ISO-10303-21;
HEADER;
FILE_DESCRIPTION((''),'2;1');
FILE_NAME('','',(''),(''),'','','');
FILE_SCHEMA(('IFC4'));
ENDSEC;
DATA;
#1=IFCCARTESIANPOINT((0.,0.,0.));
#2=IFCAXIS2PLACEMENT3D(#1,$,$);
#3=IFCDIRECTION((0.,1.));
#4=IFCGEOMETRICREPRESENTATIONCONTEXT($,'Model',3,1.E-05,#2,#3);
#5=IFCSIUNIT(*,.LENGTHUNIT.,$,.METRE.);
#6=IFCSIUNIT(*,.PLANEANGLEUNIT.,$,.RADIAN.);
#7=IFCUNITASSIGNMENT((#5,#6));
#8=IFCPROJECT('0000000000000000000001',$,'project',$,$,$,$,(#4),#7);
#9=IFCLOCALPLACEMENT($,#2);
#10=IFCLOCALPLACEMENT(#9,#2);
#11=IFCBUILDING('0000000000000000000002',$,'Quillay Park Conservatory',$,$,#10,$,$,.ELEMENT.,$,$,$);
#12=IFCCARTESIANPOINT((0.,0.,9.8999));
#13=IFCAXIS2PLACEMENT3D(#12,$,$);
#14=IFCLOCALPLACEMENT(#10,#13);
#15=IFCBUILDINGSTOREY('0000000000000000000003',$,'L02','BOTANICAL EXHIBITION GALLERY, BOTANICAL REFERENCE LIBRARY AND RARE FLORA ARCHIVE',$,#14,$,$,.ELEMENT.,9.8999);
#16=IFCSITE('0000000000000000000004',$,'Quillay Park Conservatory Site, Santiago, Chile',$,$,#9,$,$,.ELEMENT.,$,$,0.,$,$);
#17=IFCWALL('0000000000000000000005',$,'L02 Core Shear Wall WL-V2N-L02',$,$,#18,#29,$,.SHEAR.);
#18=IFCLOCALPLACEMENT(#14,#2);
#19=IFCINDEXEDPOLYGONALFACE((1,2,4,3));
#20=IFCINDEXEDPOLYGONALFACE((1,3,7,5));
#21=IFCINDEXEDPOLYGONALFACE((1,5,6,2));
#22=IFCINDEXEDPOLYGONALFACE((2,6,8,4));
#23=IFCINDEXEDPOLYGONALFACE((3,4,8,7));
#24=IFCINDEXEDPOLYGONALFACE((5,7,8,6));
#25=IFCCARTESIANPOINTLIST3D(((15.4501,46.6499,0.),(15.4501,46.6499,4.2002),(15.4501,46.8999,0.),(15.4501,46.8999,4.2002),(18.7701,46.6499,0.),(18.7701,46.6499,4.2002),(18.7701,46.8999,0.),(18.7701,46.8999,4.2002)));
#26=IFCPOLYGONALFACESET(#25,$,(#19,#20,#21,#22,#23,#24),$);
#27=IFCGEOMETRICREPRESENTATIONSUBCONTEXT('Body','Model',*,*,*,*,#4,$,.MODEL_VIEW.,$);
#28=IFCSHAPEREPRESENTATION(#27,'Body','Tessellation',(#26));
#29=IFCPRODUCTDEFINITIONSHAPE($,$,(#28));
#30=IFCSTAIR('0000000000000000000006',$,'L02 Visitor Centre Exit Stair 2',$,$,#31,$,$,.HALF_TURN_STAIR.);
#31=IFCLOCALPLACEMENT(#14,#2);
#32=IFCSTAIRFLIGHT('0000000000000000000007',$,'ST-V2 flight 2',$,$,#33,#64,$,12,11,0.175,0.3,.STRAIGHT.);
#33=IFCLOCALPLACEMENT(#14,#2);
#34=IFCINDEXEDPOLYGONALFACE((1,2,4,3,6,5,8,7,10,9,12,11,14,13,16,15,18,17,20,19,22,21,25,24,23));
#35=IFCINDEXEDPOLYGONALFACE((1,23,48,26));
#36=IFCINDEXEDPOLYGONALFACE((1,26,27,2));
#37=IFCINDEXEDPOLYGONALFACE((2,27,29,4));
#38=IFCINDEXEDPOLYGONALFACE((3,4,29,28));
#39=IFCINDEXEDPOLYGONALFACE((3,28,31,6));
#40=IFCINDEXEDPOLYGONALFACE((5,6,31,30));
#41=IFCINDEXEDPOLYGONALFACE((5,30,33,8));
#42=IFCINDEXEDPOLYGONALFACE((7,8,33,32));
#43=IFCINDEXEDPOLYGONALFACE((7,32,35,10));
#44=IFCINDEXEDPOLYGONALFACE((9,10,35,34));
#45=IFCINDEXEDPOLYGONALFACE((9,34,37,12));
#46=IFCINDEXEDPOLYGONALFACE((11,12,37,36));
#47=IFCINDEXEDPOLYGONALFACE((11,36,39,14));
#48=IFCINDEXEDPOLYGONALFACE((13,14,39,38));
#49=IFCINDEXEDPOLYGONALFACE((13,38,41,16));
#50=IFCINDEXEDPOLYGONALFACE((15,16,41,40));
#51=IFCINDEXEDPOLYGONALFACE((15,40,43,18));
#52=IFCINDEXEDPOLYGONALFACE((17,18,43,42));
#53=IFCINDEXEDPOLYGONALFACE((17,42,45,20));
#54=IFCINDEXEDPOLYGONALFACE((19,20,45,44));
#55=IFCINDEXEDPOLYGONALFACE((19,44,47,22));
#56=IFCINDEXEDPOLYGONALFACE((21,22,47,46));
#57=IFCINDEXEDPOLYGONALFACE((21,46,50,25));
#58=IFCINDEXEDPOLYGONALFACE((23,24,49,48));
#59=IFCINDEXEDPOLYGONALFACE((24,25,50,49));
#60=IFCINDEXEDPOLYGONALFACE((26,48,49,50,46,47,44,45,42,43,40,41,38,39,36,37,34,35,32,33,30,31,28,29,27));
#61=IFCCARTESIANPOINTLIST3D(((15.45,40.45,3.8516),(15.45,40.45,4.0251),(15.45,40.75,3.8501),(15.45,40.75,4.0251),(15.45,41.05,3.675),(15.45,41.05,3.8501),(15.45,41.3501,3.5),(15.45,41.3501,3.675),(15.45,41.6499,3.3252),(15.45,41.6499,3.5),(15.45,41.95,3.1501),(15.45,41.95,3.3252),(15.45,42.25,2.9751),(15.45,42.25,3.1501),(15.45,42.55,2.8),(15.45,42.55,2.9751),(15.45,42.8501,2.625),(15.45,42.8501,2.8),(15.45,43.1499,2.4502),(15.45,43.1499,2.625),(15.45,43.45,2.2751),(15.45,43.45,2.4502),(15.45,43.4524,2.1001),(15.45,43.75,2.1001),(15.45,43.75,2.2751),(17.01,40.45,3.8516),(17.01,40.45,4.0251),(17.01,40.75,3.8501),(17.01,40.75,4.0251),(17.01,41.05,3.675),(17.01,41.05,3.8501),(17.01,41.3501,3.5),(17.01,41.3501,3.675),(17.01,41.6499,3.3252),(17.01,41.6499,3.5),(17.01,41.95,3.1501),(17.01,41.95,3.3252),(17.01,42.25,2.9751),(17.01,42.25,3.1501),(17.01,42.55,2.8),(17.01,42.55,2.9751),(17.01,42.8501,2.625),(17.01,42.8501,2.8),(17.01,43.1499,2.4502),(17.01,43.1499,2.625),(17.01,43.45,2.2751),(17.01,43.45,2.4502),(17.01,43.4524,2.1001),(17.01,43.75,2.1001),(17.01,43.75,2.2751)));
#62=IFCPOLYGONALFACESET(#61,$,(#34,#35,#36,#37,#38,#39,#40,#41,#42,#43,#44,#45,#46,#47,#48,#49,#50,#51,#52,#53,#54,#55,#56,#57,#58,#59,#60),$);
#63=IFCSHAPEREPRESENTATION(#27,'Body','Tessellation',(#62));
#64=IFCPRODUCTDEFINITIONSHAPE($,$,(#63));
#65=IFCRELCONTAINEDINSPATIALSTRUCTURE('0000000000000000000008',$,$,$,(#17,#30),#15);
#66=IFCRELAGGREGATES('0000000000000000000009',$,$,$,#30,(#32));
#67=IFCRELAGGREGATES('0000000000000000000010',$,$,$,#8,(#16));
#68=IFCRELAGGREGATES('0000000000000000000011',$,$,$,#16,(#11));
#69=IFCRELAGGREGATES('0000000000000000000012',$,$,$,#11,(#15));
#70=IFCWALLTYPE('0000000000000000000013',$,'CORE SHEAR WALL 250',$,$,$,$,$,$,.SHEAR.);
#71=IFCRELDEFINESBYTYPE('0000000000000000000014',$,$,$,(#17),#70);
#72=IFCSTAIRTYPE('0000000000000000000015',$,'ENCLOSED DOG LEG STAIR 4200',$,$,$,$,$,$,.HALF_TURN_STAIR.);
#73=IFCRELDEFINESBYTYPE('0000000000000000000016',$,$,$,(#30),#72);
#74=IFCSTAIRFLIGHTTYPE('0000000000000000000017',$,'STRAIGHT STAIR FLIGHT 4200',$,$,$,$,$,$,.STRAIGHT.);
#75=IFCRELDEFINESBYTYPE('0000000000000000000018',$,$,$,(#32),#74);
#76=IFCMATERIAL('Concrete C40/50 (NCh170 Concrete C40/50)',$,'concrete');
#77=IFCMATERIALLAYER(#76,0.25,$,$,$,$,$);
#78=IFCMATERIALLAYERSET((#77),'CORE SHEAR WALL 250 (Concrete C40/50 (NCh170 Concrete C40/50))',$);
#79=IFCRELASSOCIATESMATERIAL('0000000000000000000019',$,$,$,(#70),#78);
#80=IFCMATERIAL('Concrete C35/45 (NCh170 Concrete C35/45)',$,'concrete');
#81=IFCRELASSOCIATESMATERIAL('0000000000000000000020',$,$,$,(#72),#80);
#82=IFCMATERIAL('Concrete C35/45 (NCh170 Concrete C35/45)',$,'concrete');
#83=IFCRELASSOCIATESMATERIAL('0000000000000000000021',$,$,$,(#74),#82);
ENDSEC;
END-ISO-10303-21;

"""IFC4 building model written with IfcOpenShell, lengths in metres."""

from ifc_helpers import new_model, si_unit, direction, frame, frame_2d, origin, place, context, subcontext, project, spatial, polyline, rectangle, outline, extrude, material, layer, layer_set, type_object, element, aggregate, save


model = new_model("IFC4")

# Units and contexts
model_context = context("Model", 3, precision=1e-05, world=origin(), true_north=direction((0.0, 1.0)))
body_context = subcontext(model_context, "Body", "Model", "MODEL_VIEW")
ifc_project = project(units=[si_unit("LENGTHUNIT", "METRE"), si_unit("PLANEANGLEUNIT", "RADIAN")], contexts=[model_context])

# Site, building, storey
site_placement = place(None, origin())
site = spatial("IfcSite", under=ifc_project, at=site_placement, Name="Quillay Park Conservatory Site, Santiago, Chile", CompositionType="ELEMENT", RefElevation=0.0)
building_placement = place(site_placement, origin())
building = spatial("IfcBuilding", under=site, at=building_placement, Name="Quillay Park Conservatory", CompositionType="ELEMENT")
storey_placement = place(building_placement, frame((0.0, 0.0, 9.8999)))
storey = spatial("IfcBuildingStorey", under=building, at=storey_placement, Name="L02", Description="BOTANICAL EXHIBITION GALLERY, BOTANICAL REFERENCE LIBRARY AND RARE FLORA ARCHIVE", CompositionType="ELEMENT", Elevation=9.8999)

# Wall
ifc_material_1 = material(Name="Concrete C40/50 (NCh170 Concrete C40/50)", Category="concrete")
ifc_layer_1 = layer(ifc_material_1, 0.25)
ifc_layer_set_1 = layer_set([ifc_layer_1], Name="CORE SHEAR WALL 250 (Concrete C40/50 (NCh170 Concrete C40/50))")
wall_type = type_object("IfcWallType", Name="CORE SHEAR WALL 250", PredefinedType="SHEAR", material=ifc_layer_set_1)
wall_placement = place(storey_placement, frame((15.45, 46.7749, 0.0), z_axis=(0.0, 0.0, 1.0), x_axis=(1.0, 0.0, 0.0)))
element("IfcWall", 1, at=wall_placement, inside=storey, type_object=wall_type, Name="L02 Core Shear Wall WL-V2N-L02", PredefinedType="SHEAR", context=body_context, shape_type="SweptSolid", body=[
    extrude(rectangle(XDim=3.3201, YDim=0.25, at=frame_2d((1.6602, 0.0))), origin(), (0.0, 0.0, 1.0), 4.2002),
])

# Stair, stair flight
ifc_material_2 = material(Name="Concrete C35/45 (NCh170 Concrete C35/45)", Category="concrete")
stair_type = type_object("IfcStairType", Name="ENCLOSED DOG LEG STAIR 4200", PredefinedType="HALF_TURN_STAIR", material=ifc_material_2)
stair_placement = place(storey_placement, origin())
stair = element("IfcStair", 2, at=stair_placement, inside=storey, type_object=stair_type, Name="L02 Visitor Centre Exit Stair 2", PredefinedType="HALF_TURN_STAIR")
ifc_material_3 = material(Name="Concrete C35/45 (NCh170 Concrete C35/45)", Category="concrete")
stair_flight_type = type_object("IfcStairFlightType", Name="STRAIGHT STAIR FLIGHT 4200", PredefinedType="STRAIGHT", material=ifc_material_3)
stair_flight_placement = place(storey_placement, frame((16.23, 43.75, 2.1001), z_axis=(0.0, 0.0, 1.0), x_axis=(0.0, -1.0, 0.0)))
stair_flight = element("IfcStairFlight", 3, at=stair_flight_placement, type_object=stair_flight_type, Name="ST-V2 flight 2", NumberOfRisers=12, NumberOfTreads=11, PredefinedType="STRAIGHT", RiserHeight=0.175, TreadLength=0.3, context=body_context, shape_type="SweptSolid", body=[
    extrude(outline(polyline([(0.0, 0.0), (0.0, 0.175), (0.3, 0.175), (0.3, 0.3501), (0.6001, 0.3501), (0.6001, 0.5249), (0.8999, 0.5249), (0.8999, 0.7), (1.2, 0.7), (1.2, 0.875), (1.5, 0.875), (1.5, 1.05), (1.8, 1.05), (1.8, 1.2251), (2.1001, 1.2251), (2.1001, 1.3999), (2.3999, 1.3999), (2.3999, 1.575), (2.7, 1.575), (2.7, 1.75), (3.0, 1.75), (3.0, 1.925), (3.3, 1.925), (3.3, 2.1001), (3.3, 1.7515), (0.2976, 0.0), (0.0, 0.0)])), frame((0.0, 0.78, 0.0), z_axis=(0.0, -1.0, 0.0), x_axis=(1.0, 0.0, 0.0)), (0.0, 0.0, 1.0), 1.5601),
])
aggregate(stair, [stair_flight])

save(model, "model.ifc")
